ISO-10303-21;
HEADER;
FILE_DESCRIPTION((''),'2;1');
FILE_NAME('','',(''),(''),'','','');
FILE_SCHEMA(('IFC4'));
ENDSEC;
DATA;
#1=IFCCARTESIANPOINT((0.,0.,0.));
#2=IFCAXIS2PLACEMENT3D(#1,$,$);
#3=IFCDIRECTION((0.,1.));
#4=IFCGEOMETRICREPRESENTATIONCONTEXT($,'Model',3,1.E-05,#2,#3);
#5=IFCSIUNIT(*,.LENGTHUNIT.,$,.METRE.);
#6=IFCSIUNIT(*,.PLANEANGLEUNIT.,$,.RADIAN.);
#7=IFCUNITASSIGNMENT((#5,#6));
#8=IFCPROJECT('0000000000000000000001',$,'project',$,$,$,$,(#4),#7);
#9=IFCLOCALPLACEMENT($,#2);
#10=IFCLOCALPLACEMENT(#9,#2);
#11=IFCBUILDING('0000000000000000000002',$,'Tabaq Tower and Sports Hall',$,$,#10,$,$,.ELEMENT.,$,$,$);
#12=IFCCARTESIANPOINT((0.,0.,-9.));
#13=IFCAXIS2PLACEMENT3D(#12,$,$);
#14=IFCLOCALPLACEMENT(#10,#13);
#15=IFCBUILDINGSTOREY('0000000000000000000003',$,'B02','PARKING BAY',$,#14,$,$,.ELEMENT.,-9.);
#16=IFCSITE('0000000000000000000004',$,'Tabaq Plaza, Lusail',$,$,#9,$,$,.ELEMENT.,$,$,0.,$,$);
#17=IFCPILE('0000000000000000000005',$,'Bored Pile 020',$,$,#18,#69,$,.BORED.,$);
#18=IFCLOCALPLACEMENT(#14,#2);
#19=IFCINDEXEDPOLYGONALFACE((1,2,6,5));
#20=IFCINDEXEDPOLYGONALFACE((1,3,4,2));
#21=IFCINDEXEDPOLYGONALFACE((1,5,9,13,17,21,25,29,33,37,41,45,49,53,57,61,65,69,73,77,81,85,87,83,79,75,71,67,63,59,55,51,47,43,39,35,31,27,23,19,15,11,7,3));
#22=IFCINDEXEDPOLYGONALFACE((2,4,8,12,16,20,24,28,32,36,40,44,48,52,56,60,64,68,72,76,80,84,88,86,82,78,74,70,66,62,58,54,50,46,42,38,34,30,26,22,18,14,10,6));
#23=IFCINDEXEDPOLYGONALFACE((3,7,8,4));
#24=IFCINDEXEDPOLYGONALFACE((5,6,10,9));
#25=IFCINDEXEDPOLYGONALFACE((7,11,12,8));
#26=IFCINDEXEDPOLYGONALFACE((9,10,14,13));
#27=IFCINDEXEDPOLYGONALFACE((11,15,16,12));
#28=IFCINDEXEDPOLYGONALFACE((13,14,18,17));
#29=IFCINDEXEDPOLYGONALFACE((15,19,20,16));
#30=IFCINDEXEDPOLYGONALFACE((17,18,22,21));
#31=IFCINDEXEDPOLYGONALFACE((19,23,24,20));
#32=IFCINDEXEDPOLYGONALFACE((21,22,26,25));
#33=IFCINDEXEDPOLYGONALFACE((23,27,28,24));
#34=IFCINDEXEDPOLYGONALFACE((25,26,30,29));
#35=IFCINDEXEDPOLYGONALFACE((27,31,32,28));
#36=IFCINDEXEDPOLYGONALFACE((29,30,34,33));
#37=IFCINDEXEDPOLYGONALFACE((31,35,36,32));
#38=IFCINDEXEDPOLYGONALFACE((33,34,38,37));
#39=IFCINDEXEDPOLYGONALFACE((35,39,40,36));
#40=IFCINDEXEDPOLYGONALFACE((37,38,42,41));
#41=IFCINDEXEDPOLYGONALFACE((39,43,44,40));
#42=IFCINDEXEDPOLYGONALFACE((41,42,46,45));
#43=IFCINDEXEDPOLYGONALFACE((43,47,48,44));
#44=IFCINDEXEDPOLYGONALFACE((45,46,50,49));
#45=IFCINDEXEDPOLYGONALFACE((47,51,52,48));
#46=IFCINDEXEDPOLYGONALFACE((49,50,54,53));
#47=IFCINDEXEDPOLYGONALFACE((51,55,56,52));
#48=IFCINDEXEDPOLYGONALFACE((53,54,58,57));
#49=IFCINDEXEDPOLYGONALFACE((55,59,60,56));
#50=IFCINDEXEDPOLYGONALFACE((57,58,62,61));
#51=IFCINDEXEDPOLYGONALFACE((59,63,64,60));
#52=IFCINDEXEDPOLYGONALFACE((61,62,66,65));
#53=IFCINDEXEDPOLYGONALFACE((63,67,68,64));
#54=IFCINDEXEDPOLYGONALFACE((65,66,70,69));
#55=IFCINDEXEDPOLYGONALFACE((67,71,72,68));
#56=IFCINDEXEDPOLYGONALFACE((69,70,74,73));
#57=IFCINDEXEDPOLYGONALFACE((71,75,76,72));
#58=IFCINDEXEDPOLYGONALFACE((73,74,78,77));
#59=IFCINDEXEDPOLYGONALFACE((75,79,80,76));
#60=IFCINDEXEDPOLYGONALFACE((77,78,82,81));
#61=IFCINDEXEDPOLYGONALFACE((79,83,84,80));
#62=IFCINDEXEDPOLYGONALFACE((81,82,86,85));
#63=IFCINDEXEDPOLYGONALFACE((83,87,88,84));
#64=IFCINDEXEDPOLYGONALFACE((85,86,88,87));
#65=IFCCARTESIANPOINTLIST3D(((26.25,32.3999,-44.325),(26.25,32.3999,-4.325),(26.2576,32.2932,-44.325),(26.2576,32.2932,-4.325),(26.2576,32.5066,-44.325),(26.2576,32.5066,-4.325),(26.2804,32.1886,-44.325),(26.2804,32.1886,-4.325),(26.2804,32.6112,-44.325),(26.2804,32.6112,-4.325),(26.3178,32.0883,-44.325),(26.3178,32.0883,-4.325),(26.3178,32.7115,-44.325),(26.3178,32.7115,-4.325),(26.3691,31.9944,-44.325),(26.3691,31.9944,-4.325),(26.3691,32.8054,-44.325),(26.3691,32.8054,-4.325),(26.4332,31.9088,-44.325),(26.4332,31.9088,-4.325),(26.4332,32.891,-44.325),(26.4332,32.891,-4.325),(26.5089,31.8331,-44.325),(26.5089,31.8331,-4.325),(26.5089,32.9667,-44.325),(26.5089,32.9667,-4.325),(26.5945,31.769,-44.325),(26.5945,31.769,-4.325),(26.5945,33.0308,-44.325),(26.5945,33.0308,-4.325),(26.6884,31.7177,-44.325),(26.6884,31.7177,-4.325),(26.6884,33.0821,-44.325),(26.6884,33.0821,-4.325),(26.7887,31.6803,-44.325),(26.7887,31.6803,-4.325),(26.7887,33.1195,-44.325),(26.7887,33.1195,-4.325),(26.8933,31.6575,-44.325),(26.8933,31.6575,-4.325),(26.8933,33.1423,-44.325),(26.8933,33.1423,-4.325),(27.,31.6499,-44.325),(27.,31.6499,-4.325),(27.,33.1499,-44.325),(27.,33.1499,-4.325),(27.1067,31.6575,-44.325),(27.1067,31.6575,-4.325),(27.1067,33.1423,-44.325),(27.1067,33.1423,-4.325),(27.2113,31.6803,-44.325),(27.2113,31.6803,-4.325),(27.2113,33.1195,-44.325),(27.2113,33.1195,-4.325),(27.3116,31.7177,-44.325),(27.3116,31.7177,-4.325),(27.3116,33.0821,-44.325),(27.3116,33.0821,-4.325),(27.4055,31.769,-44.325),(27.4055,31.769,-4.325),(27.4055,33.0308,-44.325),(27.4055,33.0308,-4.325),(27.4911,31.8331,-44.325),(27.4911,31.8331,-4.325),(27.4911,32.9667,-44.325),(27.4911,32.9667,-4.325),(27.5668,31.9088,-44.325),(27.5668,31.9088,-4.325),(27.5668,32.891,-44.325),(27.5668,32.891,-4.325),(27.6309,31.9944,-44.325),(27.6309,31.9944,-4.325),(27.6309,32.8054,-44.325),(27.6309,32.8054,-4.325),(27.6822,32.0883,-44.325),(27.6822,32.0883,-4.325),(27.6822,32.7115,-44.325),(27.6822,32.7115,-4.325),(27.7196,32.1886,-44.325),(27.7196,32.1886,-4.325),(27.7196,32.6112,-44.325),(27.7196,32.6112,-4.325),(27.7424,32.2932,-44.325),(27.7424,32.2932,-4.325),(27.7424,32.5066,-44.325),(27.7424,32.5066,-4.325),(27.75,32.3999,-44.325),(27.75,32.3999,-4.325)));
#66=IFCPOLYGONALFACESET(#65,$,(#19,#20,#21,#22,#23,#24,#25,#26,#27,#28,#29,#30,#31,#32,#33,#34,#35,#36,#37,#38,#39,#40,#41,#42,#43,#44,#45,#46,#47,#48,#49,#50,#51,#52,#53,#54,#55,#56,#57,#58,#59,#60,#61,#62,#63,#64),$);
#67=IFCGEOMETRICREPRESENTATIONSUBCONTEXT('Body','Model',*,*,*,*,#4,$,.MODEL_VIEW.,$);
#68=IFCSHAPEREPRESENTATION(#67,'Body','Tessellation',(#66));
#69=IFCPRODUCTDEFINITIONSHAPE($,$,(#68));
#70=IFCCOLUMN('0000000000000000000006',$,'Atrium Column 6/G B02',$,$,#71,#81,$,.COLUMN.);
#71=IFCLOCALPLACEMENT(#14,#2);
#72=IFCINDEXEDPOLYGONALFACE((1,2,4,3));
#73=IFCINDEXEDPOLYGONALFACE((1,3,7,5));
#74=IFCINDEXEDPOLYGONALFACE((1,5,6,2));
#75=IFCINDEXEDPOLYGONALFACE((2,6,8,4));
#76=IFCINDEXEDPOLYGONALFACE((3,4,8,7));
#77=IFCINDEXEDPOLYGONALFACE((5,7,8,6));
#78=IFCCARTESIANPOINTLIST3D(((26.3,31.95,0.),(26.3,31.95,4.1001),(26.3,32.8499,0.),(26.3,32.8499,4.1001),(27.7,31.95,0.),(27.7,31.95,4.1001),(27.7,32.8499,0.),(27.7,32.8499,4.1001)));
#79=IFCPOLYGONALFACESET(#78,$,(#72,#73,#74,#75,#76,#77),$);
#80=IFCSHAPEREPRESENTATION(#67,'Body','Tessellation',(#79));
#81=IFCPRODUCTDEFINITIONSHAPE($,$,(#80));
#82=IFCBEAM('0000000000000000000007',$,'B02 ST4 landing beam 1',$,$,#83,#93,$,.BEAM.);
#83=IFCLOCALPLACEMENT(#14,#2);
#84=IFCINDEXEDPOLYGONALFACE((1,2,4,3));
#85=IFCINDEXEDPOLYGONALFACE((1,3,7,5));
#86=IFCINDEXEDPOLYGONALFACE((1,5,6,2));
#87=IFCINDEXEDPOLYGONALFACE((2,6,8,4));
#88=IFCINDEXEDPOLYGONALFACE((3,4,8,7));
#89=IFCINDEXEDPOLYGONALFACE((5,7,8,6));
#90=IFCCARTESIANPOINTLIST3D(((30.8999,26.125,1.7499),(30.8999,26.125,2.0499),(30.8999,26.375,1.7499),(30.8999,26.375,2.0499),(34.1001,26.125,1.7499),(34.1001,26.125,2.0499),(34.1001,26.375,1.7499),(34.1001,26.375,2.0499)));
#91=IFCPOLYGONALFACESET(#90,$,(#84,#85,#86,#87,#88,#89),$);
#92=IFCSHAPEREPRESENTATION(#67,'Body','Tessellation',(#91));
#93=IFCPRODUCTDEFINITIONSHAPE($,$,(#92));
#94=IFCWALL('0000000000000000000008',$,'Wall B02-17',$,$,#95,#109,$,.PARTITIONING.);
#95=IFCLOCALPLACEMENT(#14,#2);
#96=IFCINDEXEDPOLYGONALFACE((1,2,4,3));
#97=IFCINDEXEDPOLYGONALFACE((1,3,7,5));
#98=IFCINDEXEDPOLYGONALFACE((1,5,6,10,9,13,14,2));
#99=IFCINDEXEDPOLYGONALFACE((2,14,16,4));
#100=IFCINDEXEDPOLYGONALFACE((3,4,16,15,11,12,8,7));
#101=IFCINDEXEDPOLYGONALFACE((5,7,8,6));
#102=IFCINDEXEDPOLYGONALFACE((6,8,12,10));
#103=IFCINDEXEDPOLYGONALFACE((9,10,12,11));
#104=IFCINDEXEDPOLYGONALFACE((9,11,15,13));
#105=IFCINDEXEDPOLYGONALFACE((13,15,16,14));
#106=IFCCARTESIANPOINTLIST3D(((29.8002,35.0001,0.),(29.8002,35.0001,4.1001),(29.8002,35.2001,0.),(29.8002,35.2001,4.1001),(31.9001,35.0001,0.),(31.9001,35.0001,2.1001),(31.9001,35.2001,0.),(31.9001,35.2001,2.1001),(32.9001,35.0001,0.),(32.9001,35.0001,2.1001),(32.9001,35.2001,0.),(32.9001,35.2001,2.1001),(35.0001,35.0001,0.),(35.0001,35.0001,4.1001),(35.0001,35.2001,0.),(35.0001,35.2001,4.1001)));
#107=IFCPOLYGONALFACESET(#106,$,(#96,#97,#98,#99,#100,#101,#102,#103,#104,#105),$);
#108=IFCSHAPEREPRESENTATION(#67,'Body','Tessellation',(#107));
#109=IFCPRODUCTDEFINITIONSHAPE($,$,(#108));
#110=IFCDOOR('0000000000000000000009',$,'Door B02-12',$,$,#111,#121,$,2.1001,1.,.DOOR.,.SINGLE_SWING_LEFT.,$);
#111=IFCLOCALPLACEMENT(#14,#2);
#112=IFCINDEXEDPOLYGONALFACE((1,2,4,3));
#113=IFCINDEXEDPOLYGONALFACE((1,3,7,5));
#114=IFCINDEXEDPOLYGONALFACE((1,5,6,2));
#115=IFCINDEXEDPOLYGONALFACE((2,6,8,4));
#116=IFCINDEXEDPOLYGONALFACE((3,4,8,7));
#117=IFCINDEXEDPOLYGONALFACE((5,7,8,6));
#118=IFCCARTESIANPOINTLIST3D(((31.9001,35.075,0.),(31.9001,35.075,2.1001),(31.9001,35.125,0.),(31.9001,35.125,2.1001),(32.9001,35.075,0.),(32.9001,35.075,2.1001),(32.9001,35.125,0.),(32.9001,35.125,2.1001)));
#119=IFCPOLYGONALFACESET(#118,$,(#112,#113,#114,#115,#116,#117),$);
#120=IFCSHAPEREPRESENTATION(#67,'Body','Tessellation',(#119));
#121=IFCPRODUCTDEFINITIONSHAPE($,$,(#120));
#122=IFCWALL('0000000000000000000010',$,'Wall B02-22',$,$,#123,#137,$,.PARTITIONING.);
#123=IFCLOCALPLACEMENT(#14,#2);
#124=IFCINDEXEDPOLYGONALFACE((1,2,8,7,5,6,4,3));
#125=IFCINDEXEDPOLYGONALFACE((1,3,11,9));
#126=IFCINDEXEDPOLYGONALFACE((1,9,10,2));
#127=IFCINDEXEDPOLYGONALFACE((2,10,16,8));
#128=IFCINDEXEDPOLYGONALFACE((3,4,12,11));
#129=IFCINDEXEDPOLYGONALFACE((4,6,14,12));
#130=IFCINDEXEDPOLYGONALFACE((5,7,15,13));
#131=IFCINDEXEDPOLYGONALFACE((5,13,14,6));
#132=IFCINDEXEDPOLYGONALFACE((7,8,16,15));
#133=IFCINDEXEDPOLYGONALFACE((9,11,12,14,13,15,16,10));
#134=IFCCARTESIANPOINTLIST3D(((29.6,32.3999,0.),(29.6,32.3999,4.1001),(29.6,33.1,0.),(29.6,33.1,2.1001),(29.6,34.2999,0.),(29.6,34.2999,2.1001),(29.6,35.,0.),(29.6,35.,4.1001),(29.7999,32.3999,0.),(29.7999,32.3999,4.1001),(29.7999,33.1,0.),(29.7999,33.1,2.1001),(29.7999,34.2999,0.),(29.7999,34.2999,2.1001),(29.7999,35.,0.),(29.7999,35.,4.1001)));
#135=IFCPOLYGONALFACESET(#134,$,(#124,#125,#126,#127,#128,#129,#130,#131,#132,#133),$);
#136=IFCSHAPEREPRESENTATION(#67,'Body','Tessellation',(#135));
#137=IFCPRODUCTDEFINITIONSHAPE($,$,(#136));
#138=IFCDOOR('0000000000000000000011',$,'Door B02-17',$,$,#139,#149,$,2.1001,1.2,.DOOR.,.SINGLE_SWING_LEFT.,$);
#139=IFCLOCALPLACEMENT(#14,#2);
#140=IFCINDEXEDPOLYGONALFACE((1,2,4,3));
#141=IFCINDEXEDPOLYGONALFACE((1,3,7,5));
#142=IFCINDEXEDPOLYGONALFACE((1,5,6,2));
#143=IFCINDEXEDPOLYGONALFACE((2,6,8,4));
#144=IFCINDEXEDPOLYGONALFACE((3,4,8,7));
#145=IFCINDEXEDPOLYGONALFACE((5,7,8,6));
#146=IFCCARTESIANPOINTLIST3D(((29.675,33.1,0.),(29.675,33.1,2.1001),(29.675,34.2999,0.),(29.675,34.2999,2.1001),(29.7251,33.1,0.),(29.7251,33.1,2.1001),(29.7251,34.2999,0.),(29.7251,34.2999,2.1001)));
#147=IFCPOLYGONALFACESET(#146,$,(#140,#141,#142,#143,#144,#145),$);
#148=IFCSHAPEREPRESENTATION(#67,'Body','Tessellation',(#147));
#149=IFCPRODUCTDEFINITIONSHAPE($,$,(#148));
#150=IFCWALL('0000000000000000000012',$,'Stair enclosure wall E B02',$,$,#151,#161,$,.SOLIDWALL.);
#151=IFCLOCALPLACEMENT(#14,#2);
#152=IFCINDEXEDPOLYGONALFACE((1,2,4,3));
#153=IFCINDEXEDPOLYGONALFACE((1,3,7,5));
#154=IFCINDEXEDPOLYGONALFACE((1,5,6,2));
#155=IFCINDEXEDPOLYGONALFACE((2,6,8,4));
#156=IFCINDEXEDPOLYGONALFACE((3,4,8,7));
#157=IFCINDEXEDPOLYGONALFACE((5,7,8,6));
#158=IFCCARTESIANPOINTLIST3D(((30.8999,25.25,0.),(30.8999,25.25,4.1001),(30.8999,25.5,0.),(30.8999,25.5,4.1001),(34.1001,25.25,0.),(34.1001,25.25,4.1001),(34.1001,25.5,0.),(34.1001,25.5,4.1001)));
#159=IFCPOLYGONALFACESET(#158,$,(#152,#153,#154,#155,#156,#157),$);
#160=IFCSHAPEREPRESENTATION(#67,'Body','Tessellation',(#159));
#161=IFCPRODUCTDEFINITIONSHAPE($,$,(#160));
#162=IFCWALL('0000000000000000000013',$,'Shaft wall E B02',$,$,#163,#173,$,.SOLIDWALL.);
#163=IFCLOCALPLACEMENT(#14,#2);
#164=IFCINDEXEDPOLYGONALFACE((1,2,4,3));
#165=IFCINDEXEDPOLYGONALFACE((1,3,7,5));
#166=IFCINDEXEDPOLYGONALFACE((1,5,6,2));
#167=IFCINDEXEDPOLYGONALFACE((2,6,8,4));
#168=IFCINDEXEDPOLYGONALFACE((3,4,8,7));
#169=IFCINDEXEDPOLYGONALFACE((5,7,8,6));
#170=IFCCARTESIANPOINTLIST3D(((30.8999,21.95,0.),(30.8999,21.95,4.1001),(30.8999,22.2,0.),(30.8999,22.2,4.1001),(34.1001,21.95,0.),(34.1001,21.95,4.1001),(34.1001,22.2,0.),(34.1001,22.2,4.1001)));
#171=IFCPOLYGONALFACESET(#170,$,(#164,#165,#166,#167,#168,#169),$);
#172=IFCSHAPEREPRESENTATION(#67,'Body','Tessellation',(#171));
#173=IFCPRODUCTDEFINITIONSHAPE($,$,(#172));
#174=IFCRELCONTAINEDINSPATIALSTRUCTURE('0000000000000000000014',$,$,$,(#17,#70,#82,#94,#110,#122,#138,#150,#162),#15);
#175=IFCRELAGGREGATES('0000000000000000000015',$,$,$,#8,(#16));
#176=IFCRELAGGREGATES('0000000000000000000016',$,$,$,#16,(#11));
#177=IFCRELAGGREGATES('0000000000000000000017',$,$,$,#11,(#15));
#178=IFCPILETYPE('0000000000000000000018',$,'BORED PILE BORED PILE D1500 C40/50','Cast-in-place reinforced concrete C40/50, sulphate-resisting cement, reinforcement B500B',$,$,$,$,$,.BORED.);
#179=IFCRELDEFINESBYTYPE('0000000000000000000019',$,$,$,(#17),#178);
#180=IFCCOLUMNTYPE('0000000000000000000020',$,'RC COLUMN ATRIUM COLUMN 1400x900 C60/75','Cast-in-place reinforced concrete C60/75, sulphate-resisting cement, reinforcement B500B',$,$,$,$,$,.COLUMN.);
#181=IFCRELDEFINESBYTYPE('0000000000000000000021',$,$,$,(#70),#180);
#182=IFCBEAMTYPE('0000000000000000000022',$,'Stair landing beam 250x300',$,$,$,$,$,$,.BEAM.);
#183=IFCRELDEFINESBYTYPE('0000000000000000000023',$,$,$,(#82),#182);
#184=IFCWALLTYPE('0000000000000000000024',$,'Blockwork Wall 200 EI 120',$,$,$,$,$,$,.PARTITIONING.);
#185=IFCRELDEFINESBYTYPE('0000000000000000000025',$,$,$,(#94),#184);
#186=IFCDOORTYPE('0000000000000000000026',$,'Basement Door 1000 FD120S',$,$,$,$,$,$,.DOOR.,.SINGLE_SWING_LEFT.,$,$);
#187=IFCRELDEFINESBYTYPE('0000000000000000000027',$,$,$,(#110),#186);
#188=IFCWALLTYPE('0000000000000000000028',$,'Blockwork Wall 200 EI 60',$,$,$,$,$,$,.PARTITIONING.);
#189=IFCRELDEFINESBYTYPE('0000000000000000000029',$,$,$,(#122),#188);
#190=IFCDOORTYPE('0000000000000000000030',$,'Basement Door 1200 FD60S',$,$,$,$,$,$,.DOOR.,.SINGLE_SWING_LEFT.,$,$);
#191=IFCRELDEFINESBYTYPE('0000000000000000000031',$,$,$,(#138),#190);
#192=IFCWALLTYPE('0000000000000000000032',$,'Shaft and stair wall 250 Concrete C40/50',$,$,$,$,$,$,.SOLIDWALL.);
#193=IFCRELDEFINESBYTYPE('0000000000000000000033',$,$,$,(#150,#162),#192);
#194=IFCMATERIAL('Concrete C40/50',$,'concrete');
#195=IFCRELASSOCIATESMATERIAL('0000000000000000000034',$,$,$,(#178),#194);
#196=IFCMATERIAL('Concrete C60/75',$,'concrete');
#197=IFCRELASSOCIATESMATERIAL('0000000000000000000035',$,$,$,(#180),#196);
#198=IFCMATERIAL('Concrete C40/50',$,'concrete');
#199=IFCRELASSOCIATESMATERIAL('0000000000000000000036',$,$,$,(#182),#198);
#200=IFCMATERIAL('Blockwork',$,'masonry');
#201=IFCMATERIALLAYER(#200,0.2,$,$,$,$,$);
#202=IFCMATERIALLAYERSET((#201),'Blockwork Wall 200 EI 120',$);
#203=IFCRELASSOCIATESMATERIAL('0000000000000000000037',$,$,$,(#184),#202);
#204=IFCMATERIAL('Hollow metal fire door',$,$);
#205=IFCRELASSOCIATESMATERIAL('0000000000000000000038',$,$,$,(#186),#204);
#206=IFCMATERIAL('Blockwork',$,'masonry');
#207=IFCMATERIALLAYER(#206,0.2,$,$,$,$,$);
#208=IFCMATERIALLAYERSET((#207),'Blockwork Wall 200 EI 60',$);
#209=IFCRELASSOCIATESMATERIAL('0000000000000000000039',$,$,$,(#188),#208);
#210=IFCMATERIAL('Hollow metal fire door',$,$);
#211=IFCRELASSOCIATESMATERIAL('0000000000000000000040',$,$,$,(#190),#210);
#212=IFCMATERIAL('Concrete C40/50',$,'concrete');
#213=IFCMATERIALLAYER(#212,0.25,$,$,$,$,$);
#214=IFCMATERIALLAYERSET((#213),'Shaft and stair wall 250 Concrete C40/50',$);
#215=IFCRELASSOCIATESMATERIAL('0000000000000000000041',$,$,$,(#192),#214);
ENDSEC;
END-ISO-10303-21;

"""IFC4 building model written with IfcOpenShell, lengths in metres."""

from ifc_helpers import new_model, si_unit, direction, frame, frame_2d, origin, origin_2d, place, context, subcontext, project, spatial, rectangle, circle, extrude, material, layer, layer_set, material_profile, profile_set, type_object, element, fill, save


model = new_model("IFC4")

# Units and contexts
model_context = context("Model", 3, precision=1e-05, world=origin(), true_north=direction((0.0, 1.0)))
body_context = subcontext(model_context, "Body", "Model", "MODEL_VIEW")
ifc_project = project(units=[si_unit("LENGTHUNIT", "METRE"), si_unit("PLANEANGLEUNIT", "RADIAN")], contexts=[model_context])

# Site, building, storey
site_placement = place(None, origin())
site = spatial("IfcSite", under=ifc_project, at=site_placement, Name="Tabaq Plaza, Lusail", CompositionType="ELEMENT", RefElevation=0.0)
building_placement = place(site_placement, origin())
building = spatial("IfcBuilding", under=site, at=building_placement, Name="Tabaq Tower and Sports Hall", CompositionType="ELEMENT")
storey_placement = place(building_placement, frame((0.0, 0.0, -9.0)))
storey = spatial("IfcBuildingStorey", under=building, at=storey_placement, Name="B02", Description="PARKING BAY", CompositionType="ELEMENT", Elevation=-9.0)

# Pile
ifc_material_1 = material(Name="Concrete C40/50", Category="concrete")
ifc_material_profile_1 = material_profile(ifc_material_1, circle(Radius=0.75, at=origin_2d()), Name="BORED PILE D1500")
ifc_profile_set_1 = profile_set([ifc_material_profile_1], Name="Concrete C40/50")
pile_type_1 = type_object("IfcPileType", Name="BORED PILE BORED PILE D1500 C40/50", Description="Cast-in-place reinforced concrete C40/50, sulphate-resisting cement, reinforcement B500B", PredefinedType="BORED", material=ifc_profile_set_1)
pile_placement = place(storey_placement, frame((27.0, 32.3999, -4.325), z_axis=(0.0, 0.0, -1.0), x_axis=(1.0, 0.0, 0.0)))
element("IfcPile", 1, at=pile_placement, inside=storey, type_object=pile_type_1, Name="Bored Pile 020", PredefinedType="BORED", context=body_context, shape_type="SweptSolid", body=[
    extrude(circle(Radius=0.75, at=origin_2d()), origin(), (0.0, 0.0, 1.0), 40.0),
])

# Column
ifc_material_2 = material(Name="Concrete C60/75", Category="concrete")
ifc_material_profile_2 = material_profile(ifc_material_2, rectangle(XDim=1.3999, YDim=0.8999, at=origin_2d()), Name="ATRIUM COLUMN 1400x900")
ifc_profile_set_2 = profile_set([ifc_material_profile_2], Name="Concrete C60/75")
column_type = type_object("IfcColumnType", Name="RC COLUMN ATRIUM COLUMN 1400x900 C60/75", Description="Cast-in-place reinforced concrete C60/75, sulphate-resisting cement, reinforcement B500B", PredefinedType="COLUMN", material=ifc_profile_set_2)
column_placement = place(storey_placement, frame((27.0, 32.3999, 0.0), z_axis=(0.0, 0.0, 1.0), x_axis=(1.0, 0.0, 0.0)))
element("IfcColumn", 2, at=column_placement, inside=storey, type_object=column_type, Name="Atrium Column 6/G B02", PredefinedType="COLUMN", context=body_context, shape_type="SweptSolid", body=[
    extrude(rectangle(XDim=1.3999, YDim=0.8999, at=origin_2d()), origin(), (0.0, 0.0, 1.0), 4.1001),
])

# Beam
ifc_material_3 = material(Name="Concrete C40/50", Category="concrete")
ifc_material_profile_3 = material_profile(ifc_material_3, rectangle(XDim=0.25, YDim=0.3, at=origin_2d()), Name="RC 250x300")
ifc_profile_set_3 = profile_set([ifc_material_profile_3], Name="Concrete C40/50")
beam_type = type_object("IfcBeamType", Name="Stair landing beam 250x300", PredefinedType="BEAM", material=ifc_profile_set_3)
beam_placement = place(storey_placement, frame((30.8999, 26.25, 1.8999), z_axis=(1.0, 0.0, 0.0), x_axis=(0.0, 1.0, 0.0)))
element("IfcBeam", 3, at=beam_placement, inside=storey, type_object=beam_type, Name="B02 ST4 landing beam 1", PredefinedType="BEAM", context=body_context, shape_type="SweptSolid", body=[
    extrude(rectangle(XDim=0.25, YDim=0.3, at=origin_2d()), origin(), (0.0, 0.0, 1.0), 3.2002),
])

# Walls, openings, doors
ifc_material_4 = material(Name="Blockwork", Category="masonry")
ifc_layer_1 = layer(ifc_material_4, 0.2)
ifc_layer_set_1 = layer_set([ifc_layer_1], Name="Blockwork Wall 200 EI 120")
wall_type_1 = type_object("IfcWallType", Name="Blockwork Wall 200 EI 120", PredefinedType="PARTITIONING", material=ifc_layer_set_1)
wall_1_placement = place(storey_placement, frame((29.8, 35.1001, 0.0), z_axis=(0.0, 0.0, 1.0), x_axis=(1.0, 0.0, 0.0)))
wall_1 = element("IfcWall", 4, at=wall_1_placement, inside=storey, type_object=wall_type_1, Name="Wall B02-17", PredefinedType="PARTITIONING", context=body_context, shape_type="SweptSolid", body=[
    extrude(rectangle(XDim=5.2, YDim=0.2, at=frame_2d((2.6001, 0.0))), origin(), (0.0, 0.0, 1.0), 4.1001),
])
opening_1_placement = place(wall_1_placement, frame((2.1001, 0.0, 0.0)))
opening_1 = element("IfcOpeningElement", 5, at=opening_1_placement, cuts=wall_1, PredefinedType="OPENING", context=body_context, shape_type="SweptSolid", body=[
    extrude(rectangle(XDim=1.0, YDim=2.1001, at=frame_2d((0.5, 1.05))), frame((0.0, 0.1099, 0.0), z_axis=(0.0, -1.0, 0.0), x_axis=(1.0, 0.0, 0.0)), (0.0, 0.0, 1.0), 0.22),
])
ifc_material_5 = material(Name="Hollow metal fire door")
door_type_1 = type_object("IfcDoorType", Name="Basement Door 1000 FD120S", OperationType="SINGLE_SWING_LEFT", PredefinedType="DOOR", material=ifc_material_5)
door_1_placement = place(opening_1_placement, origin())
door_1 = element("IfcDoor", 6, at=door_1_placement, inside=storey, type_object=door_type_1, Name="Door B02-12", OperationType="SINGLE_SWING_LEFT", OverallHeight=2.1001, OverallWidth=1.0, PredefinedType="DOOR", context=body_context, shape_type="SweptSolid", body=[
    extrude(rectangle(XDim=1.0, YDim=2.1001, at=frame_2d((0.5, 1.05))), frame((0.0, 0.0249, 0.0), z_axis=(0.0, -1.0, 0.0), x_axis=(1.0, 0.0, 0.0)), (0.0, 0.0, 1.0), 0.05),
])
fill(opening_1, door_1)
ifc_material_6 = material(Name="Blockwork", Category="masonry")
ifc_layer_2 = layer(ifc_material_6, 0.2)
ifc_layer_set_2 = layer_set([ifc_layer_2], Name="Blockwork Wall 200 EI 60")
wall_type_2 = type_object("IfcWallType", Name="Blockwork Wall 200 EI 60", PredefinedType="PARTITIONING", material=ifc_layer_set_2)
wall_2_placement = place(storey_placement, frame((29.7, 32.3999, 0.0), z_axis=(0.0, 0.0, 1.0), x_axis=(0.0, 1.0, 0.0)))
wall_2 = element("IfcWall", 7, at=wall_2_placement, inside=storey, type_object=wall_type_2, Name="Wall B02-22", PredefinedType="PARTITIONING", context=body_context, shape_type="SweptSolid", body=[
    extrude(rectangle(XDim=2.6001, YDim=0.2, at=frame_2d((1.3, 0.0))), origin(), (0.0, 0.0, 1.0), 4.1001),
])
opening_2_placement = place(wall_2_placement, frame((0.7, 0.0, 0.0)))
opening_2 = element("IfcOpeningElement", 8, at=opening_2_placement, cuts=wall_2, PredefinedType="OPENING", context=body_context, shape_type="SweptSolid", body=[
    extrude(rectangle(XDim=1.2, YDim=2.1001, at=frame_2d((0.6001, 1.05))), frame((0.0, 0.1099, 0.0), z_axis=(0.0, -1.0, 0.0), x_axis=(1.0, 0.0, 0.0)), (0.0, 0.0, 1.0), 0.22),
])
ifc_material_7 = material(Name="Hollow metal fire door")
door_type_2 = type_object("IfcDoorType", Name="Basement Door 1200 FD60S", OperationType="SINGLE_SWING_LEFT", PredefinedType="DOOR", material=ifc_material_7)
door_2_placement = place(opening_2_placement, origin())
door_2 = element("IfcDoor", 9, at=door_2_placement, inside=storey, type_object=door_type_2, Name="Door B02-17", OperationType="SINGLE_SWING_LEFT", OverallHeight=2.1001, OverallWidth=1.2, PredefinedType="DOOR", context=body_context, shape_type="SweptSolid", body=[
    extrude(rectangle(XDim=1.2, YDim=2.1001, at=frame_2d((0.6001, 1.05))), frame((0.0, 0.0249, 0.0), z_axis=(0.0, -1.0, 0.0), x_axis=(1.0, 0.0, 0.0)), (0.0, 0.0, 1.0), 0.05),
])
fill(opening_2, door_2)

# Walls
ifc_material_8 = material(Name="Concrete C40/50", Category="concrete")
ifc_layer_3 = layer(ifc_material_8, 0.25)
ifc_layer_set_3 = layer_set([ifc_layer_3], Name="Shaft and stair wall 250 Concrete C40/50")
wall_type_3 = type_object("IfcWallType", Name="Shaft and stair wall 250 Concrete C40/50", PredefinedType="SOLIDWALL", material=ifc_layer_set_3)
for number, where, z_axis, x_axis, name in (
    (10, (30.8999, 25.375, 0.0), (0.0, 0.0, 1.0), (1.0, 0.0, 0.0), "Stair enclosure wall E B02"),
    (11, (30.8999, 22.075, 0.0), (0.0, 0.0, 1.0), (1.0, 0.0, 0.0), "Shaft wall E B02"),
):
    element("IfcWall", number, at=place(storey_placement, frame(where, z_axis=z_axis, x_axis=x_axis)), inside=storey, type_object=wall_type_3, Name=name, PredefinedType="SOLIDWALL", context=body_context, shape_type="SweptSolid", body=[
        extrude(rectangle(XDim=3.2002, YDim=0.25, at=frame_2d((1.6001, 0.0))), origin(), (0.0, 0.0, 1.0), 4.1001),
    ])

save(model, "model.ifc")
